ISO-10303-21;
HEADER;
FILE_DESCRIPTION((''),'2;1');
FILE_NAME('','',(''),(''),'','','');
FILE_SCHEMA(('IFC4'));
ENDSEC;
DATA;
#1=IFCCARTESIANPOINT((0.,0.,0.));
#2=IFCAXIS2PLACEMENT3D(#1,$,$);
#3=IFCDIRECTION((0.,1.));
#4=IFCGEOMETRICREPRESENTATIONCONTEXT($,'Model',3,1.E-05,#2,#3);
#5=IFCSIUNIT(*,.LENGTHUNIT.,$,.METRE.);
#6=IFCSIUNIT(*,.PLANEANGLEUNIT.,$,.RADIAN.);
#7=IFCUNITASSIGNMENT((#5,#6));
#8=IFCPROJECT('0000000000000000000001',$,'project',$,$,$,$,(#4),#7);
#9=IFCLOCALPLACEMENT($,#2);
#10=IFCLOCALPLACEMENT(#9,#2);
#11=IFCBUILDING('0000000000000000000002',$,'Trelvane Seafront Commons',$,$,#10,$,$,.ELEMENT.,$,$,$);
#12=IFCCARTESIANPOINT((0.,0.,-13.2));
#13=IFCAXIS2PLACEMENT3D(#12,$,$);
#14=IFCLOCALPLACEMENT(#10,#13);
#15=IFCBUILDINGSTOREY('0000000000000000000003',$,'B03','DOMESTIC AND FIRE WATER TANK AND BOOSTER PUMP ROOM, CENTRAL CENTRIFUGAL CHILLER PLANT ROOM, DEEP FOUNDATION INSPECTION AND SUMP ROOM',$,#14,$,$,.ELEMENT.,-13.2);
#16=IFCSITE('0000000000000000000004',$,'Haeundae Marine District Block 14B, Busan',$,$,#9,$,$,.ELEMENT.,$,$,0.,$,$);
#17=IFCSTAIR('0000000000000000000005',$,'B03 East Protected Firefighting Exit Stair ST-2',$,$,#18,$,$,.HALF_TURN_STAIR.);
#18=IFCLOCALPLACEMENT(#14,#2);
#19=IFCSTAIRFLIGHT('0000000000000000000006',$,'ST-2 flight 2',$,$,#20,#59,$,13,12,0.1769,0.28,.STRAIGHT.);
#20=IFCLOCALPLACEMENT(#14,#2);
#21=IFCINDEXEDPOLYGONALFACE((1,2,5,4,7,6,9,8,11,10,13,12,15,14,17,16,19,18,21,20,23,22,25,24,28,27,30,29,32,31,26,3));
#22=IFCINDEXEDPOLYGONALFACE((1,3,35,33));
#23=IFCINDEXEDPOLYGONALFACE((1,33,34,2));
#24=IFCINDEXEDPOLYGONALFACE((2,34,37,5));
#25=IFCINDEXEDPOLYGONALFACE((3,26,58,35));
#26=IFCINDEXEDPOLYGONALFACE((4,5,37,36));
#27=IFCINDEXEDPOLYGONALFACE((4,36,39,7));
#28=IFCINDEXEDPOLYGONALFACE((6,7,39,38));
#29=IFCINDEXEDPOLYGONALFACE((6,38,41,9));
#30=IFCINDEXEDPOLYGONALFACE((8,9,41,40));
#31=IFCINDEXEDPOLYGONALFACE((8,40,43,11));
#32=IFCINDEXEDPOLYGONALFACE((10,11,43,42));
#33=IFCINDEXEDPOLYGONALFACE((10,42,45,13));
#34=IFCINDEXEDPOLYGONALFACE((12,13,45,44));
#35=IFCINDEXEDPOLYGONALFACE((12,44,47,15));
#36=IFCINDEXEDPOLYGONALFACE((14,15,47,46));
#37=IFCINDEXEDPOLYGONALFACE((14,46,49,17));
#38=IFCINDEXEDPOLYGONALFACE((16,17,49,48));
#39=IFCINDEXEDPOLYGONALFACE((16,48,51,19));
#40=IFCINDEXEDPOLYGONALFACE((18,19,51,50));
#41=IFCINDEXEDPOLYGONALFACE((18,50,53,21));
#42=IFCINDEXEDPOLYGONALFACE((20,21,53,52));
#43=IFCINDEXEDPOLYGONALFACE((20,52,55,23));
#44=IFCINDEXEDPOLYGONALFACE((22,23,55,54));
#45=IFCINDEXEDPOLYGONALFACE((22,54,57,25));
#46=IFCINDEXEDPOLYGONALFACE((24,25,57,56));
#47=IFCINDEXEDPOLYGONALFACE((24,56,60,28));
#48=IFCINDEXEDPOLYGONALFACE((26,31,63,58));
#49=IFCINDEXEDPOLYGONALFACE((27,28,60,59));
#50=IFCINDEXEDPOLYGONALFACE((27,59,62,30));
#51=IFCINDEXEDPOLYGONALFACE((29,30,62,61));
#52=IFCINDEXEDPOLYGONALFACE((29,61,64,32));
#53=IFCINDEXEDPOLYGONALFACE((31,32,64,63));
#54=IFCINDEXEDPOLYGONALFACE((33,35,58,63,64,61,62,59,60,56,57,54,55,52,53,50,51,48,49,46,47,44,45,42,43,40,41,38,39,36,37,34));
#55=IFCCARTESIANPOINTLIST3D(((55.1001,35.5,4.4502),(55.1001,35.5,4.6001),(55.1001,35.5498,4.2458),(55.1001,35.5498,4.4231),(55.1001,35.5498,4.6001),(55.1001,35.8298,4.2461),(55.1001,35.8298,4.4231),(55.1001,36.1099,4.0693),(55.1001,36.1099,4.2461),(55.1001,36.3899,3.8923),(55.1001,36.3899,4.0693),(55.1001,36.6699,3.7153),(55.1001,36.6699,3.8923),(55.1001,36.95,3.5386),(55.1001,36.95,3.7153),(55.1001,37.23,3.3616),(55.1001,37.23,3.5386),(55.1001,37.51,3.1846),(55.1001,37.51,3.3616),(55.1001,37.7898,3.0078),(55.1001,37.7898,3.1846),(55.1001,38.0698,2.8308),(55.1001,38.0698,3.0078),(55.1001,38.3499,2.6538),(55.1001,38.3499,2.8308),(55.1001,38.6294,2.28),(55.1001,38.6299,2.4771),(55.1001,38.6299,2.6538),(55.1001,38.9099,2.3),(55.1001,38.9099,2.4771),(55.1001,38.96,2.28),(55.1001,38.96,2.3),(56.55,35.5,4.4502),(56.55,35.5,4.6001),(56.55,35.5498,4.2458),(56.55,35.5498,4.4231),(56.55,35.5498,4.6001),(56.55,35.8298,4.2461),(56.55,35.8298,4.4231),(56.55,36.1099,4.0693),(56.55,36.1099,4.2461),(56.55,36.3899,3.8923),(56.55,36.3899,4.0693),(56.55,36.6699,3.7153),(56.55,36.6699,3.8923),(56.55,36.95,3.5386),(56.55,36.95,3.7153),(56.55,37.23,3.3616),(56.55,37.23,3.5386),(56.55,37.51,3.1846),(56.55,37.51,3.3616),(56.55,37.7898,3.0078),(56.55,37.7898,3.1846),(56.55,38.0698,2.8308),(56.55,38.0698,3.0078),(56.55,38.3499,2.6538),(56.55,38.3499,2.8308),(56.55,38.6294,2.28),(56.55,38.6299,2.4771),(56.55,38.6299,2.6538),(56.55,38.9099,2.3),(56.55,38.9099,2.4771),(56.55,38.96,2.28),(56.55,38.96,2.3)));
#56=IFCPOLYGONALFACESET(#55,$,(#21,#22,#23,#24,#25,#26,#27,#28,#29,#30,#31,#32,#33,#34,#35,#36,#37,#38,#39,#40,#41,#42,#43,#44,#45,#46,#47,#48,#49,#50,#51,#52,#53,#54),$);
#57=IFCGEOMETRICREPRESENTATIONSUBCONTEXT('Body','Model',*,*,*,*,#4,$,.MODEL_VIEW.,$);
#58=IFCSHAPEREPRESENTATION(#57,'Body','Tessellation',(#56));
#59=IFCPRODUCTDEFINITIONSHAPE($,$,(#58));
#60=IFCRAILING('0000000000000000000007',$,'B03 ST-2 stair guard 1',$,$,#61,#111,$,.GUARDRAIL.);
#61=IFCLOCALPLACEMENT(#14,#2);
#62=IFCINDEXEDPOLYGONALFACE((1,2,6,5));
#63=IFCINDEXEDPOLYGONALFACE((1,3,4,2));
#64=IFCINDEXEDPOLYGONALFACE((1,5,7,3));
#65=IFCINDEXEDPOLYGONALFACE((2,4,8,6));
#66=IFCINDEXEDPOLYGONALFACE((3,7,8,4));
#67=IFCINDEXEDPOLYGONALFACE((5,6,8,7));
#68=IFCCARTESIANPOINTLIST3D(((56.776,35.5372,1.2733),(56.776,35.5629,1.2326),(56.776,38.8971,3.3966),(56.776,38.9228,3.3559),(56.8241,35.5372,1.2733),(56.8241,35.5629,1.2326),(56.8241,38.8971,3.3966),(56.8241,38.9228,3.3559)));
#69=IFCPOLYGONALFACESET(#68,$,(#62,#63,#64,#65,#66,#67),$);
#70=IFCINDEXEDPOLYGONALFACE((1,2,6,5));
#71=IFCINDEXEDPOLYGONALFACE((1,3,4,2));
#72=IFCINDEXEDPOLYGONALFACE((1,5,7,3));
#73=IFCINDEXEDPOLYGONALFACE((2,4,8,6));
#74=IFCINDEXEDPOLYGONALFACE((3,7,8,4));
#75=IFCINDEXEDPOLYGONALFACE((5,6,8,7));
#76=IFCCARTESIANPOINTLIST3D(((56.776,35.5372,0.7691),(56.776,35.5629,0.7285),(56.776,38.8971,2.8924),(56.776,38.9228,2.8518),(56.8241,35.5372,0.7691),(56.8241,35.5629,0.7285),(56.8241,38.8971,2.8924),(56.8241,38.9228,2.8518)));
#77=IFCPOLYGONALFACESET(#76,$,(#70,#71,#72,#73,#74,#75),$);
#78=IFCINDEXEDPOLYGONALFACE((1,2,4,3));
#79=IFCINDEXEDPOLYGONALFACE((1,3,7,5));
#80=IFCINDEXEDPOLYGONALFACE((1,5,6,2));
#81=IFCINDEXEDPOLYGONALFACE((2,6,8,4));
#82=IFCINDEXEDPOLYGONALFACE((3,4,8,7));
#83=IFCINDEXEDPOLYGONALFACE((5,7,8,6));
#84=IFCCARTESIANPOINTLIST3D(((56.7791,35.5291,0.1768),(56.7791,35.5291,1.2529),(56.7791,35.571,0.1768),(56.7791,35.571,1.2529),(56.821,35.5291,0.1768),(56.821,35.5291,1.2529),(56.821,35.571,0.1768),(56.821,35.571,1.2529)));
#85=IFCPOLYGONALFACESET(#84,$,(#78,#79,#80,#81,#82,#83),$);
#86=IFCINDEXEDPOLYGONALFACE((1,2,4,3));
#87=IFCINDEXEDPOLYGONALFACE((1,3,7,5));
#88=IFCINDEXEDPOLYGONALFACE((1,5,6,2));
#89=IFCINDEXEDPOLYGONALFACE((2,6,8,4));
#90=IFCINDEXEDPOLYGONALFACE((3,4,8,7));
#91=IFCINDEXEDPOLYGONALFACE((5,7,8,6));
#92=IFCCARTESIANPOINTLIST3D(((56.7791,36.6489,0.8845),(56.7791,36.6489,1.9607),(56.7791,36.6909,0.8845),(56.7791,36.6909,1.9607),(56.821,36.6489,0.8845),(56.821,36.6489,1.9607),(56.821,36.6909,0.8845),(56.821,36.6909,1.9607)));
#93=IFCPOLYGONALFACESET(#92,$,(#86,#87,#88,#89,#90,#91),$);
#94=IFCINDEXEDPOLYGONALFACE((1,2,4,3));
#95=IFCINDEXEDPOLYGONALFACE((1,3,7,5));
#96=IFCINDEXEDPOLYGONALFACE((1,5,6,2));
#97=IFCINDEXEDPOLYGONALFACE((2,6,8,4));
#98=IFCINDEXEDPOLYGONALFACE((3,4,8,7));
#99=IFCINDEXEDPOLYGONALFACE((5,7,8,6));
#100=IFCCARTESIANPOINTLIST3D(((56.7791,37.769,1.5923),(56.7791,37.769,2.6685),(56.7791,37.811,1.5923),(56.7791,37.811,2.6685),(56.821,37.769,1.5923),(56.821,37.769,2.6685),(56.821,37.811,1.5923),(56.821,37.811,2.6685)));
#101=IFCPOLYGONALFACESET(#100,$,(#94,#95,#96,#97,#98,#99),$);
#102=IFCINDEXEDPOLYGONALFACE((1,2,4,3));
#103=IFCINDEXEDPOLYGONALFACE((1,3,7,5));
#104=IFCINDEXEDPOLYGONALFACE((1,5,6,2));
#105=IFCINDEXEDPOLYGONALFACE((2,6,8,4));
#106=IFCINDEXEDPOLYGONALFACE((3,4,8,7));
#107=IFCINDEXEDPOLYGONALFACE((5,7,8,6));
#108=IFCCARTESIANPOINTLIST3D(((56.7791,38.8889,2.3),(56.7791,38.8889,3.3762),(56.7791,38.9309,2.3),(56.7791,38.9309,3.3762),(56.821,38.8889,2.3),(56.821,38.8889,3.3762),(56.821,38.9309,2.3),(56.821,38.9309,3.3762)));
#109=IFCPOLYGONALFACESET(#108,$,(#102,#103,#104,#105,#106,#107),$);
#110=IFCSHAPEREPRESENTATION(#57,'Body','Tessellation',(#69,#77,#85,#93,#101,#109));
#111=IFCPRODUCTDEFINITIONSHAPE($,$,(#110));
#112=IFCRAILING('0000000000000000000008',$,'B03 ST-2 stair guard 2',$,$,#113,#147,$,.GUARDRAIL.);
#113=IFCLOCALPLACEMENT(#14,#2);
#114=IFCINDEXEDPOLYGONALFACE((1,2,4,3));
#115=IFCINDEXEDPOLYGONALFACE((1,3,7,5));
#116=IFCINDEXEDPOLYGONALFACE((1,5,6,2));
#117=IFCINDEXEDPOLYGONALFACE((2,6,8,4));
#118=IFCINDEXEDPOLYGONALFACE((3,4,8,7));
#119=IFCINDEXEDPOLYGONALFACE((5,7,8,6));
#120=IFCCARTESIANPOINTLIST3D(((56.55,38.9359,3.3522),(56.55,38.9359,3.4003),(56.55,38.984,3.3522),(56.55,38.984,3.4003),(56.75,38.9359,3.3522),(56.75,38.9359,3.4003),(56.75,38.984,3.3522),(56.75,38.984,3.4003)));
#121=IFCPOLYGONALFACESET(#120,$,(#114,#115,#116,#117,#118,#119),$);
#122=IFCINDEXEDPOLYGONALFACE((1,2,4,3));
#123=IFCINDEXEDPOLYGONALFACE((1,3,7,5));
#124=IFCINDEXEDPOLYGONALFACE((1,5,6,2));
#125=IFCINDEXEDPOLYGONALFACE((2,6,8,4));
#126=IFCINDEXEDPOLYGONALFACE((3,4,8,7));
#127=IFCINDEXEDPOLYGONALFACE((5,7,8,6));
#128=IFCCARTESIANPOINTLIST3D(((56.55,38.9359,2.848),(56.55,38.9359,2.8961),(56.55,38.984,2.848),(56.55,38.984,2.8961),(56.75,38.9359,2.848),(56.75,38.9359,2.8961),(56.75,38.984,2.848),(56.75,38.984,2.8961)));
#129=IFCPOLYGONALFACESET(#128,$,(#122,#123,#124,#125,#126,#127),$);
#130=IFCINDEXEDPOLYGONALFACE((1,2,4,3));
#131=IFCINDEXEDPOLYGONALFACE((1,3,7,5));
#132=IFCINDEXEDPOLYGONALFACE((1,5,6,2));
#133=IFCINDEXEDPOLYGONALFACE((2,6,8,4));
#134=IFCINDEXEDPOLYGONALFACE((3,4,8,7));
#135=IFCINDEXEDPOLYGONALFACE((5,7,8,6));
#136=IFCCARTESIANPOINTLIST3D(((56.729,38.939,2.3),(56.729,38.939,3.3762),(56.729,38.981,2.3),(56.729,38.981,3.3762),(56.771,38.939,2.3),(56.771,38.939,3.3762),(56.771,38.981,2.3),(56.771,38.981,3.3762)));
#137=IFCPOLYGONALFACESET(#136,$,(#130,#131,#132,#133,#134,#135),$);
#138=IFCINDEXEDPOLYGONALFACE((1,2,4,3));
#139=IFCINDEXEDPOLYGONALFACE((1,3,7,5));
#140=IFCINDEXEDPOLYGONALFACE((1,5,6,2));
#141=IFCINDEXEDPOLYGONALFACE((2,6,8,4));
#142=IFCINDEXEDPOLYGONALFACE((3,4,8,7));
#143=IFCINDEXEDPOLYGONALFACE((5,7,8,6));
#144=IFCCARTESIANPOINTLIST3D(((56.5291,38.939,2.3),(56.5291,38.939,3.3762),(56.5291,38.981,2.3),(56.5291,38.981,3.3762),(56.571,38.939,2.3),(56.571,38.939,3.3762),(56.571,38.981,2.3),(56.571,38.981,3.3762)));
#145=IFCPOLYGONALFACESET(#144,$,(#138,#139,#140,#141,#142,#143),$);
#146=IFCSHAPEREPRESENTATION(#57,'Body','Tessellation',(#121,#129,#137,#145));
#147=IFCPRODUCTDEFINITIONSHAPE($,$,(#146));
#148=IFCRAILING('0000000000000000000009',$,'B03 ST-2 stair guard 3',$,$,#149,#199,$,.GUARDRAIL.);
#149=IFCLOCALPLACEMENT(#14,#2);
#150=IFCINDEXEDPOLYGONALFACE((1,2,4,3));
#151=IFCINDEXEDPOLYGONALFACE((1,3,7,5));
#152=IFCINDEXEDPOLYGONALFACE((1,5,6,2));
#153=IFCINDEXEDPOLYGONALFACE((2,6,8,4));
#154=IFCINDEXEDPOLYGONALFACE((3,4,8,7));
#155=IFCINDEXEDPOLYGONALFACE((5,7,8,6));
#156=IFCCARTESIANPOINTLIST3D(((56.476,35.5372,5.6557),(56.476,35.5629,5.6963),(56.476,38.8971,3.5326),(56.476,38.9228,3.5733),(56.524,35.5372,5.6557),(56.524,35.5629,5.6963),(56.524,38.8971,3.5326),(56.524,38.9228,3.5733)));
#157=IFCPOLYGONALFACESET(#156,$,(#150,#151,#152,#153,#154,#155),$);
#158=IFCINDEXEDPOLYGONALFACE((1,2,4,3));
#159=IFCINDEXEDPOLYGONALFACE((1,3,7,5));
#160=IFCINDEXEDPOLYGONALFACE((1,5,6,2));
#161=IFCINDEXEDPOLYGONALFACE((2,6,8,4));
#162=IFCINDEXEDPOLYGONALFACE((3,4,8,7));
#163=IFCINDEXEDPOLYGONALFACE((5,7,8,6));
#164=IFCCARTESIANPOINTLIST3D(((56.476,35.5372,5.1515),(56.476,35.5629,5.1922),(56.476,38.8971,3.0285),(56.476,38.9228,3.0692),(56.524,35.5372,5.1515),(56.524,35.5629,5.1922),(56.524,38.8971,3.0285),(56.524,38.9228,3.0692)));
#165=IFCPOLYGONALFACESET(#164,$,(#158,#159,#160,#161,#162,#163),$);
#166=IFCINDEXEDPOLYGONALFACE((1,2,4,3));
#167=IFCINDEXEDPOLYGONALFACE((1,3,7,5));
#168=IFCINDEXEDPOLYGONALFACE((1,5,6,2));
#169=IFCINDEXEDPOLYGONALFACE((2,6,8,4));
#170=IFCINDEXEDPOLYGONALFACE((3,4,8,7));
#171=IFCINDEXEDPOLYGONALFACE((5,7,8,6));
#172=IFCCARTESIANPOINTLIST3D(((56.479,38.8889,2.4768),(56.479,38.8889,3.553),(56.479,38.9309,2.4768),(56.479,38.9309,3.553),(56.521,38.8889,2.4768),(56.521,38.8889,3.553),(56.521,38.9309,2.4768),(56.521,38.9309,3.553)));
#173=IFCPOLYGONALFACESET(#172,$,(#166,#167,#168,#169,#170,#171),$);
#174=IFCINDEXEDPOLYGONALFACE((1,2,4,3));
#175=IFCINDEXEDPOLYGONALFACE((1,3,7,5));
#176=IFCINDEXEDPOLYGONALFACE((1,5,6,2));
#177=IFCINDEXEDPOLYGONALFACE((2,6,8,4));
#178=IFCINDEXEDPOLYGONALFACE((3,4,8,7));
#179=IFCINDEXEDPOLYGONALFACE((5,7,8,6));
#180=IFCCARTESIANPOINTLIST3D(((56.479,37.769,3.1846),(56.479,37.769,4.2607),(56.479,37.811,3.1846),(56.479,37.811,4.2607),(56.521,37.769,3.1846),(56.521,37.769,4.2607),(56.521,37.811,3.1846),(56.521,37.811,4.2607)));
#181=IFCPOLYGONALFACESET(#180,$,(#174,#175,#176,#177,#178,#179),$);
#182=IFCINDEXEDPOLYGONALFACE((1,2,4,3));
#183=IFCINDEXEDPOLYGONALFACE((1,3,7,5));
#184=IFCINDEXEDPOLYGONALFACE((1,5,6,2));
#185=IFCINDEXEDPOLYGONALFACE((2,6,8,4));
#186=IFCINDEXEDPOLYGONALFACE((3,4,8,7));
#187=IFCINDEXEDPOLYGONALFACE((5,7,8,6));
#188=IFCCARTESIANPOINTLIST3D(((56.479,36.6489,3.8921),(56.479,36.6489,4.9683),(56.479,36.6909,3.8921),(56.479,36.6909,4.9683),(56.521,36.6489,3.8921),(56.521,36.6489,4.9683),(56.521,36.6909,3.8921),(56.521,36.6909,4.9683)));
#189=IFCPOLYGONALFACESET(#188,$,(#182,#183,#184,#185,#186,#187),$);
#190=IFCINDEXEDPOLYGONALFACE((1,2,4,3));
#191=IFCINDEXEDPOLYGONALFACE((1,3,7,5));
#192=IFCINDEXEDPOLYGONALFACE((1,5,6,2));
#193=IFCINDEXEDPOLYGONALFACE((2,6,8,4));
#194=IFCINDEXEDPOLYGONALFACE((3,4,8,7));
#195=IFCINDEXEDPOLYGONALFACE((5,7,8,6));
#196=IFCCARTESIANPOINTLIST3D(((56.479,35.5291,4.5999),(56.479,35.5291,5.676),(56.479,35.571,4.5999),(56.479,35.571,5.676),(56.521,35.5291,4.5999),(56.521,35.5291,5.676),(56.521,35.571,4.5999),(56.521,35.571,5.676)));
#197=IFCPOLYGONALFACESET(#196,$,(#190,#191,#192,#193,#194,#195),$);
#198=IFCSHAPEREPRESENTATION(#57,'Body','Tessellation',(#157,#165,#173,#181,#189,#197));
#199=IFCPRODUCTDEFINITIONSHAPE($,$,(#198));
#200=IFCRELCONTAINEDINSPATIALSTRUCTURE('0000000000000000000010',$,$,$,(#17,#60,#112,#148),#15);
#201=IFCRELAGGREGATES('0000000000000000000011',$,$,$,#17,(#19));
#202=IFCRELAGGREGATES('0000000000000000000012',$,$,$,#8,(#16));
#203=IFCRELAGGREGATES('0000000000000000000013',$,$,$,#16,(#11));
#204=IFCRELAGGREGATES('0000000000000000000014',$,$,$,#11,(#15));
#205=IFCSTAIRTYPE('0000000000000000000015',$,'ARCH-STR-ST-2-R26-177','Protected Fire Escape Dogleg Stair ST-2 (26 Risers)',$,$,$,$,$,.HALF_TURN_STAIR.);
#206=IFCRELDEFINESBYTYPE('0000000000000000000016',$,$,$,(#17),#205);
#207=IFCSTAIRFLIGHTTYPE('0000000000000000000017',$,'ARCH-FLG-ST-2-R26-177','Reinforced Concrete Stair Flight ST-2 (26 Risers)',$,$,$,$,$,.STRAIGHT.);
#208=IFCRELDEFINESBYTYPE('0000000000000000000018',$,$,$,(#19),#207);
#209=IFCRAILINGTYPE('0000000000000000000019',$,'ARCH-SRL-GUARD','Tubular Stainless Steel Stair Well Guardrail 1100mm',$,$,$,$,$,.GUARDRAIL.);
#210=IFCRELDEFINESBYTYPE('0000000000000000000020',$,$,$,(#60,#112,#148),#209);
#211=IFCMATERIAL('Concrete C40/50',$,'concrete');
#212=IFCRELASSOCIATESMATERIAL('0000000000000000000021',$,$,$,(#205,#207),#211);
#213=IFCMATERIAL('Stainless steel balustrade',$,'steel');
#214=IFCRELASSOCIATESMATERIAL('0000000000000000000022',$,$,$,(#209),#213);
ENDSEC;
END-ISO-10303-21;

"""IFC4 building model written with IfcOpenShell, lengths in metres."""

from ifc_helpers import new_model, si_unit, direction, frame, origin, origin_2d, place, context, subcontext, project, spatial, polyline, rectangle, outline, extrude, source, transform, mapped, material, type_object, element, aggregate, save


model = new_model("IFC4")

# Units and contexts
model_context = context("Model", 3, precision=1e-05, world=origin(), true_north=direction((0.0, 1.0)))
body_context = subcontext(model_context, "Body", "Model", "MODEL_VIEW")
ifc_project = project(units=[si_unit("LENGTHUNIT", "METRE"), si_unit("PLANEANGLEUNIT", "RADIAN")], contexts=[model_context])

# Site, building, storey
site_placement = place(None, origin())
site = spatial("IfcSite", under=ifc_project, at=site_placement, Name="Haeundae Marine District Block 14B, Busan", CompositionType="ELEMENT", RefElevation=0.0)
building_placement = place(site_placement, origin())
building = spatial("IfcBuilding", under=site, at=building_placement, Name="Trelvane Seafront Commons", CompositionType="ELEMENT")
storey_placement = place(building_placement, frame((0.0, 0.0, -13.2)))
storey = spatial("IfcBuildingStorey", under=building, at=storey_placement, Name="B03", Description="DOMESTIC AND FIRE WATER TANK AND BOOSTER PUMP ROOM, CENTRAL CENTRIFUGAL CHILLER PLANT ROOM, DEEP FOUNDATION INSPECTION AND SUMP ROOM", CompositionType="ELEMENT", Elevation=-13.2)

# Shared definitions
ifc_material_1 = material(Name="Concrete C40/50", Category="concrete")

# Stair, stair flight
stair_type = type_object("IfcStairType", Name="ARCH-STR-ST-2-R26-177", Description="Protected Fire Escape Dogleg Stair ST-2 (26 Risers)", PredefinedType="HALF_TURN_STAIR", material=ifc_material_1)
stair_placement = place(storey_placement, origin())
stair = element("IfcStair", 1, at=stair_placement, inside=storey, type_object=stair_type, Name="B03 East Protected Firefighting Exit Stair ST-2", PredefinedType="HALF_TURN_STAIR")
stair_flight_type = type_object("IfcStairFlightType", Name="ARCH-FLG-ST-2-R26-177", Description="Reinforced Concrete Stair Flight ST-2 (26 Risers)", PredefinedType="STRAIGHT", material=ifc_material_1)
shared_shape_1 = source(origin(), body_context, "Body", "SweptSolid", [
    extrude(outline(polyline([(-0.05, -0.02), (-0.05, 0.0), (0.0, 0.0), (0.0, 0.177), (0.28, 0.177), (0.28, 0.3538), (0.5601, 0.3538), (0.5601, 0.5308), (0.8401, 0.5308), (0.8401, 0.7078), (1.1201, 0.7078), (1.1201, 0.8845), (1.3999, 0.8845), (1.3999, 1.0615), (1.6799, 1.0615), (1.6799, 1.2385), (1.96, 1.2385), (1.96, 1.4153), (2.24, 1.4153), (2.24, 1.5923), (2.52, 1.5923), (2.52, 1.7693), (2.8, 1.7693), (2.8, 1.946), (3.0801, 1.946), (3.0801, 2.123), (3.3601, 2.123), (3.3601, 2.3), (3.4099, 2.3), (3.4099, 2.1501), (3.3601, 1.9458), (0.2805, -0.02), (-0.05, -0.02)])), frame((0.0, 0.7251, 0.0), z_axis=(0.0, -1.0, 0.0), x_axis=(1.0, 0.0, 0.0)), (0.0, 0.0, 1.0), 1.45),
])
stair_flight_1_placement = place(storey_placement, frame((55.825, 38.9099, 2.3), z_axis=(0.0, 0.0, 1.0), x_axis=(0.0, -1.0, 0.0)))
stair_flight_1 = element("IfcStairFlight", 2, at=stair_flight_1_placement, type_object=stair_flight_type, Name="ST-2 flight 2", NumberOfRisers=13, NumberOfTreads=12, PredefinedType="STRAIGHT", RiserHeight=0.1769, TreadLength=0.28, context=body_context, shape_type="MappedRepresentation", body=[
    mapped(shared_shape_1, transform((0.0, 0.0, 0.0), x_axis=(1.0, 0.0, 0.0), y_axis=(0.0, 1.0, 0.0), z_axis=(0.0, 0.0, 1.0), scale=1.0)),
])
aggregate(stair, [stair_flight_1])

# Railings
ifc_material_2 = material(Name="Stainless steel balustrade", Category="steel")
railing_type_1 = type_object("IfcRailingType", Name="ARCH-SRL-GUARD", Description="Tubular Stainless Steel Stair Well Guardrail 1100mm", PredefinedType="GUARDRAIL", material=ifc_material_2)
railing_1_placement = place(storey_placement, frame((56.8, 35.55, 0.1768)))
element("IfcRailing", 3, at=railing_1_placement, inside=storey, type_object=railing_type_1, Name="B03 ST-2 stair guard 1", PredefinedType="GUARDRAIL", context=body_context, shape_type="SweptSolid", body=[
    extrude(rectangle(XDim=0.0481, YDim=0.0481, at=origin_2d()), frame((0.0, 0.0, 1.0762), z_axis=(0.0, 0.845344, 0.534222), x_axis=(-1.0, 0.0, 0.0)), (0.0, 0.0, 1.0), 3.9746),
    extrude(rectangle(XDim=0.0481, YDim=0.0481, at=origin_2d()), frame((0.0, 0.0, 0.572), z_axis=(0.0, 0.845344, 0.534222), x_axis=(-1.0, 0.0, 0.0)), (0.0, 0.0, 1.0), 3.9746),
    extrude(rectangle(XDim=0.042, YDim=0.042, at=origin_2d()), origin(), (0.0, 0.0, 1.0), 1.0762),
    extrude(rectangle(XDim=0.042, YDim=0.042, at=origin_2d()), frame((0.0, 1.1199, 0.7078)), (0.0, 0.0, 1.0), 1.0762),
    extrude(rectangle(XDim=0.042, YDim=0.042, at=origin_2d()), frame((0.0, 2.24, 1.4155)), (0.0, 0.0, 1.0), 1.0762),
    extrude(rectangle(XDim=0.042, YDim=0.042, at=origin_2d()), frame((0.0, 3.3599, 2.1233)), (0.0, 0.0, 1.0), 1.0762),
])
railing_2_placement = place(storey_placement, frame((56.75, 38.96, 2.3)))
element("IfcRailing", 4, at=railing_2_placement, inside=storey, type_object=railing_type_1, Name="B03 ST-2 stair guard 2", PredefinedType="GUARDRAIL", context=body_context, shape_type="SweptSolid", body=[
    extrude(rectangle(XDim=0.0481, YDim=0.0481, at=origin_2d()), frame((0.0, 0.0, 1.0762), z_axis=(-1.0, 0.0, 0.0), x_axis=(0.0, -1.0, 0.0)), (0.0, 0.0, 1.0), 0.2),
    extrude(rectangle(XDim=0.0481, YDim=0.0481, at=origin_2d()), frame((0.0, 0.0, 0.572), z_axis=(-1.0, 0.0, 0.0), x_axis=(0.0, -1.0, 0.0)), (0.0, 0.0, 1.0), 0.2),
    extrude(rectangle(XDim=0.042, YDim=0.042, at=origin_2d()), origin(), (0.0, 0.0, 1.0), 1.0762),
    extrude(rectangle(XDim=0.042, YDim=0.042, at=origin_2d()), frame((-0.2, 0.0, 0.0)), (0.0, 0.0, 1.0), 1.0762),
])
railing_3_placement = place(storey_placement, frame((56.5, 38.9099, 2.4768)))
element("IfcRailing", 5, at=railing_3_placement, inside=storey, type_object=railing_type_1, Name="B03 ST-2 stair guard 3", PredefinedType="GUARDRAIL", context=body_context, shape_type="SweptSolid", body=[
    extrude(rectangle(XDim=0.0481, YDim=0.0481, at=origin_2d()), frame((0.0, 0.0, 1.0762), z_axis=(0.0, -0.845372, 0.534178), x_axis=(1.0, 0.0, 0.0)), (0.0, 0.0, 1.0), 3.9744),
    extrude(rectangle(XDim=0.0481, YDim=0.0481, at=origin_2d()), frame((0.0, 0.0, 0.572), z_axis=(0.0, -0.845372, 0.534178), x_axis=(1.0, 0.0, 0.0)), (0.0, 0.0, 1.0), 3.9744),
    extrude(rectangle(XDim=0.042, YDim=0.042, at=origin_2d()), origin(), (0.0, 0.0, 1.0), 1.0762),
    extrude(rectangle(XDim=0.042, YDim=0.042, at=origin_2d()), frame((0.0, -1.1199, 0.7078)), (0.0, 0.0, 1.0), 1.0762),
    extrude(rectangle(XDim=0.042, YDim=0.042, at=origin_2d()), frame((0.0, -2.24, 1.4153)), (0.0, 0.0, 1.0), 1.0762),
    extrude(rectangle(XDim=0.042, YDim=0.042, at=origin_2d()), frame((0.0, -3.3599, 2.123)), (0.0, 0.0, 1.0), 1.0762),
])

save(model, "model.ifc")
